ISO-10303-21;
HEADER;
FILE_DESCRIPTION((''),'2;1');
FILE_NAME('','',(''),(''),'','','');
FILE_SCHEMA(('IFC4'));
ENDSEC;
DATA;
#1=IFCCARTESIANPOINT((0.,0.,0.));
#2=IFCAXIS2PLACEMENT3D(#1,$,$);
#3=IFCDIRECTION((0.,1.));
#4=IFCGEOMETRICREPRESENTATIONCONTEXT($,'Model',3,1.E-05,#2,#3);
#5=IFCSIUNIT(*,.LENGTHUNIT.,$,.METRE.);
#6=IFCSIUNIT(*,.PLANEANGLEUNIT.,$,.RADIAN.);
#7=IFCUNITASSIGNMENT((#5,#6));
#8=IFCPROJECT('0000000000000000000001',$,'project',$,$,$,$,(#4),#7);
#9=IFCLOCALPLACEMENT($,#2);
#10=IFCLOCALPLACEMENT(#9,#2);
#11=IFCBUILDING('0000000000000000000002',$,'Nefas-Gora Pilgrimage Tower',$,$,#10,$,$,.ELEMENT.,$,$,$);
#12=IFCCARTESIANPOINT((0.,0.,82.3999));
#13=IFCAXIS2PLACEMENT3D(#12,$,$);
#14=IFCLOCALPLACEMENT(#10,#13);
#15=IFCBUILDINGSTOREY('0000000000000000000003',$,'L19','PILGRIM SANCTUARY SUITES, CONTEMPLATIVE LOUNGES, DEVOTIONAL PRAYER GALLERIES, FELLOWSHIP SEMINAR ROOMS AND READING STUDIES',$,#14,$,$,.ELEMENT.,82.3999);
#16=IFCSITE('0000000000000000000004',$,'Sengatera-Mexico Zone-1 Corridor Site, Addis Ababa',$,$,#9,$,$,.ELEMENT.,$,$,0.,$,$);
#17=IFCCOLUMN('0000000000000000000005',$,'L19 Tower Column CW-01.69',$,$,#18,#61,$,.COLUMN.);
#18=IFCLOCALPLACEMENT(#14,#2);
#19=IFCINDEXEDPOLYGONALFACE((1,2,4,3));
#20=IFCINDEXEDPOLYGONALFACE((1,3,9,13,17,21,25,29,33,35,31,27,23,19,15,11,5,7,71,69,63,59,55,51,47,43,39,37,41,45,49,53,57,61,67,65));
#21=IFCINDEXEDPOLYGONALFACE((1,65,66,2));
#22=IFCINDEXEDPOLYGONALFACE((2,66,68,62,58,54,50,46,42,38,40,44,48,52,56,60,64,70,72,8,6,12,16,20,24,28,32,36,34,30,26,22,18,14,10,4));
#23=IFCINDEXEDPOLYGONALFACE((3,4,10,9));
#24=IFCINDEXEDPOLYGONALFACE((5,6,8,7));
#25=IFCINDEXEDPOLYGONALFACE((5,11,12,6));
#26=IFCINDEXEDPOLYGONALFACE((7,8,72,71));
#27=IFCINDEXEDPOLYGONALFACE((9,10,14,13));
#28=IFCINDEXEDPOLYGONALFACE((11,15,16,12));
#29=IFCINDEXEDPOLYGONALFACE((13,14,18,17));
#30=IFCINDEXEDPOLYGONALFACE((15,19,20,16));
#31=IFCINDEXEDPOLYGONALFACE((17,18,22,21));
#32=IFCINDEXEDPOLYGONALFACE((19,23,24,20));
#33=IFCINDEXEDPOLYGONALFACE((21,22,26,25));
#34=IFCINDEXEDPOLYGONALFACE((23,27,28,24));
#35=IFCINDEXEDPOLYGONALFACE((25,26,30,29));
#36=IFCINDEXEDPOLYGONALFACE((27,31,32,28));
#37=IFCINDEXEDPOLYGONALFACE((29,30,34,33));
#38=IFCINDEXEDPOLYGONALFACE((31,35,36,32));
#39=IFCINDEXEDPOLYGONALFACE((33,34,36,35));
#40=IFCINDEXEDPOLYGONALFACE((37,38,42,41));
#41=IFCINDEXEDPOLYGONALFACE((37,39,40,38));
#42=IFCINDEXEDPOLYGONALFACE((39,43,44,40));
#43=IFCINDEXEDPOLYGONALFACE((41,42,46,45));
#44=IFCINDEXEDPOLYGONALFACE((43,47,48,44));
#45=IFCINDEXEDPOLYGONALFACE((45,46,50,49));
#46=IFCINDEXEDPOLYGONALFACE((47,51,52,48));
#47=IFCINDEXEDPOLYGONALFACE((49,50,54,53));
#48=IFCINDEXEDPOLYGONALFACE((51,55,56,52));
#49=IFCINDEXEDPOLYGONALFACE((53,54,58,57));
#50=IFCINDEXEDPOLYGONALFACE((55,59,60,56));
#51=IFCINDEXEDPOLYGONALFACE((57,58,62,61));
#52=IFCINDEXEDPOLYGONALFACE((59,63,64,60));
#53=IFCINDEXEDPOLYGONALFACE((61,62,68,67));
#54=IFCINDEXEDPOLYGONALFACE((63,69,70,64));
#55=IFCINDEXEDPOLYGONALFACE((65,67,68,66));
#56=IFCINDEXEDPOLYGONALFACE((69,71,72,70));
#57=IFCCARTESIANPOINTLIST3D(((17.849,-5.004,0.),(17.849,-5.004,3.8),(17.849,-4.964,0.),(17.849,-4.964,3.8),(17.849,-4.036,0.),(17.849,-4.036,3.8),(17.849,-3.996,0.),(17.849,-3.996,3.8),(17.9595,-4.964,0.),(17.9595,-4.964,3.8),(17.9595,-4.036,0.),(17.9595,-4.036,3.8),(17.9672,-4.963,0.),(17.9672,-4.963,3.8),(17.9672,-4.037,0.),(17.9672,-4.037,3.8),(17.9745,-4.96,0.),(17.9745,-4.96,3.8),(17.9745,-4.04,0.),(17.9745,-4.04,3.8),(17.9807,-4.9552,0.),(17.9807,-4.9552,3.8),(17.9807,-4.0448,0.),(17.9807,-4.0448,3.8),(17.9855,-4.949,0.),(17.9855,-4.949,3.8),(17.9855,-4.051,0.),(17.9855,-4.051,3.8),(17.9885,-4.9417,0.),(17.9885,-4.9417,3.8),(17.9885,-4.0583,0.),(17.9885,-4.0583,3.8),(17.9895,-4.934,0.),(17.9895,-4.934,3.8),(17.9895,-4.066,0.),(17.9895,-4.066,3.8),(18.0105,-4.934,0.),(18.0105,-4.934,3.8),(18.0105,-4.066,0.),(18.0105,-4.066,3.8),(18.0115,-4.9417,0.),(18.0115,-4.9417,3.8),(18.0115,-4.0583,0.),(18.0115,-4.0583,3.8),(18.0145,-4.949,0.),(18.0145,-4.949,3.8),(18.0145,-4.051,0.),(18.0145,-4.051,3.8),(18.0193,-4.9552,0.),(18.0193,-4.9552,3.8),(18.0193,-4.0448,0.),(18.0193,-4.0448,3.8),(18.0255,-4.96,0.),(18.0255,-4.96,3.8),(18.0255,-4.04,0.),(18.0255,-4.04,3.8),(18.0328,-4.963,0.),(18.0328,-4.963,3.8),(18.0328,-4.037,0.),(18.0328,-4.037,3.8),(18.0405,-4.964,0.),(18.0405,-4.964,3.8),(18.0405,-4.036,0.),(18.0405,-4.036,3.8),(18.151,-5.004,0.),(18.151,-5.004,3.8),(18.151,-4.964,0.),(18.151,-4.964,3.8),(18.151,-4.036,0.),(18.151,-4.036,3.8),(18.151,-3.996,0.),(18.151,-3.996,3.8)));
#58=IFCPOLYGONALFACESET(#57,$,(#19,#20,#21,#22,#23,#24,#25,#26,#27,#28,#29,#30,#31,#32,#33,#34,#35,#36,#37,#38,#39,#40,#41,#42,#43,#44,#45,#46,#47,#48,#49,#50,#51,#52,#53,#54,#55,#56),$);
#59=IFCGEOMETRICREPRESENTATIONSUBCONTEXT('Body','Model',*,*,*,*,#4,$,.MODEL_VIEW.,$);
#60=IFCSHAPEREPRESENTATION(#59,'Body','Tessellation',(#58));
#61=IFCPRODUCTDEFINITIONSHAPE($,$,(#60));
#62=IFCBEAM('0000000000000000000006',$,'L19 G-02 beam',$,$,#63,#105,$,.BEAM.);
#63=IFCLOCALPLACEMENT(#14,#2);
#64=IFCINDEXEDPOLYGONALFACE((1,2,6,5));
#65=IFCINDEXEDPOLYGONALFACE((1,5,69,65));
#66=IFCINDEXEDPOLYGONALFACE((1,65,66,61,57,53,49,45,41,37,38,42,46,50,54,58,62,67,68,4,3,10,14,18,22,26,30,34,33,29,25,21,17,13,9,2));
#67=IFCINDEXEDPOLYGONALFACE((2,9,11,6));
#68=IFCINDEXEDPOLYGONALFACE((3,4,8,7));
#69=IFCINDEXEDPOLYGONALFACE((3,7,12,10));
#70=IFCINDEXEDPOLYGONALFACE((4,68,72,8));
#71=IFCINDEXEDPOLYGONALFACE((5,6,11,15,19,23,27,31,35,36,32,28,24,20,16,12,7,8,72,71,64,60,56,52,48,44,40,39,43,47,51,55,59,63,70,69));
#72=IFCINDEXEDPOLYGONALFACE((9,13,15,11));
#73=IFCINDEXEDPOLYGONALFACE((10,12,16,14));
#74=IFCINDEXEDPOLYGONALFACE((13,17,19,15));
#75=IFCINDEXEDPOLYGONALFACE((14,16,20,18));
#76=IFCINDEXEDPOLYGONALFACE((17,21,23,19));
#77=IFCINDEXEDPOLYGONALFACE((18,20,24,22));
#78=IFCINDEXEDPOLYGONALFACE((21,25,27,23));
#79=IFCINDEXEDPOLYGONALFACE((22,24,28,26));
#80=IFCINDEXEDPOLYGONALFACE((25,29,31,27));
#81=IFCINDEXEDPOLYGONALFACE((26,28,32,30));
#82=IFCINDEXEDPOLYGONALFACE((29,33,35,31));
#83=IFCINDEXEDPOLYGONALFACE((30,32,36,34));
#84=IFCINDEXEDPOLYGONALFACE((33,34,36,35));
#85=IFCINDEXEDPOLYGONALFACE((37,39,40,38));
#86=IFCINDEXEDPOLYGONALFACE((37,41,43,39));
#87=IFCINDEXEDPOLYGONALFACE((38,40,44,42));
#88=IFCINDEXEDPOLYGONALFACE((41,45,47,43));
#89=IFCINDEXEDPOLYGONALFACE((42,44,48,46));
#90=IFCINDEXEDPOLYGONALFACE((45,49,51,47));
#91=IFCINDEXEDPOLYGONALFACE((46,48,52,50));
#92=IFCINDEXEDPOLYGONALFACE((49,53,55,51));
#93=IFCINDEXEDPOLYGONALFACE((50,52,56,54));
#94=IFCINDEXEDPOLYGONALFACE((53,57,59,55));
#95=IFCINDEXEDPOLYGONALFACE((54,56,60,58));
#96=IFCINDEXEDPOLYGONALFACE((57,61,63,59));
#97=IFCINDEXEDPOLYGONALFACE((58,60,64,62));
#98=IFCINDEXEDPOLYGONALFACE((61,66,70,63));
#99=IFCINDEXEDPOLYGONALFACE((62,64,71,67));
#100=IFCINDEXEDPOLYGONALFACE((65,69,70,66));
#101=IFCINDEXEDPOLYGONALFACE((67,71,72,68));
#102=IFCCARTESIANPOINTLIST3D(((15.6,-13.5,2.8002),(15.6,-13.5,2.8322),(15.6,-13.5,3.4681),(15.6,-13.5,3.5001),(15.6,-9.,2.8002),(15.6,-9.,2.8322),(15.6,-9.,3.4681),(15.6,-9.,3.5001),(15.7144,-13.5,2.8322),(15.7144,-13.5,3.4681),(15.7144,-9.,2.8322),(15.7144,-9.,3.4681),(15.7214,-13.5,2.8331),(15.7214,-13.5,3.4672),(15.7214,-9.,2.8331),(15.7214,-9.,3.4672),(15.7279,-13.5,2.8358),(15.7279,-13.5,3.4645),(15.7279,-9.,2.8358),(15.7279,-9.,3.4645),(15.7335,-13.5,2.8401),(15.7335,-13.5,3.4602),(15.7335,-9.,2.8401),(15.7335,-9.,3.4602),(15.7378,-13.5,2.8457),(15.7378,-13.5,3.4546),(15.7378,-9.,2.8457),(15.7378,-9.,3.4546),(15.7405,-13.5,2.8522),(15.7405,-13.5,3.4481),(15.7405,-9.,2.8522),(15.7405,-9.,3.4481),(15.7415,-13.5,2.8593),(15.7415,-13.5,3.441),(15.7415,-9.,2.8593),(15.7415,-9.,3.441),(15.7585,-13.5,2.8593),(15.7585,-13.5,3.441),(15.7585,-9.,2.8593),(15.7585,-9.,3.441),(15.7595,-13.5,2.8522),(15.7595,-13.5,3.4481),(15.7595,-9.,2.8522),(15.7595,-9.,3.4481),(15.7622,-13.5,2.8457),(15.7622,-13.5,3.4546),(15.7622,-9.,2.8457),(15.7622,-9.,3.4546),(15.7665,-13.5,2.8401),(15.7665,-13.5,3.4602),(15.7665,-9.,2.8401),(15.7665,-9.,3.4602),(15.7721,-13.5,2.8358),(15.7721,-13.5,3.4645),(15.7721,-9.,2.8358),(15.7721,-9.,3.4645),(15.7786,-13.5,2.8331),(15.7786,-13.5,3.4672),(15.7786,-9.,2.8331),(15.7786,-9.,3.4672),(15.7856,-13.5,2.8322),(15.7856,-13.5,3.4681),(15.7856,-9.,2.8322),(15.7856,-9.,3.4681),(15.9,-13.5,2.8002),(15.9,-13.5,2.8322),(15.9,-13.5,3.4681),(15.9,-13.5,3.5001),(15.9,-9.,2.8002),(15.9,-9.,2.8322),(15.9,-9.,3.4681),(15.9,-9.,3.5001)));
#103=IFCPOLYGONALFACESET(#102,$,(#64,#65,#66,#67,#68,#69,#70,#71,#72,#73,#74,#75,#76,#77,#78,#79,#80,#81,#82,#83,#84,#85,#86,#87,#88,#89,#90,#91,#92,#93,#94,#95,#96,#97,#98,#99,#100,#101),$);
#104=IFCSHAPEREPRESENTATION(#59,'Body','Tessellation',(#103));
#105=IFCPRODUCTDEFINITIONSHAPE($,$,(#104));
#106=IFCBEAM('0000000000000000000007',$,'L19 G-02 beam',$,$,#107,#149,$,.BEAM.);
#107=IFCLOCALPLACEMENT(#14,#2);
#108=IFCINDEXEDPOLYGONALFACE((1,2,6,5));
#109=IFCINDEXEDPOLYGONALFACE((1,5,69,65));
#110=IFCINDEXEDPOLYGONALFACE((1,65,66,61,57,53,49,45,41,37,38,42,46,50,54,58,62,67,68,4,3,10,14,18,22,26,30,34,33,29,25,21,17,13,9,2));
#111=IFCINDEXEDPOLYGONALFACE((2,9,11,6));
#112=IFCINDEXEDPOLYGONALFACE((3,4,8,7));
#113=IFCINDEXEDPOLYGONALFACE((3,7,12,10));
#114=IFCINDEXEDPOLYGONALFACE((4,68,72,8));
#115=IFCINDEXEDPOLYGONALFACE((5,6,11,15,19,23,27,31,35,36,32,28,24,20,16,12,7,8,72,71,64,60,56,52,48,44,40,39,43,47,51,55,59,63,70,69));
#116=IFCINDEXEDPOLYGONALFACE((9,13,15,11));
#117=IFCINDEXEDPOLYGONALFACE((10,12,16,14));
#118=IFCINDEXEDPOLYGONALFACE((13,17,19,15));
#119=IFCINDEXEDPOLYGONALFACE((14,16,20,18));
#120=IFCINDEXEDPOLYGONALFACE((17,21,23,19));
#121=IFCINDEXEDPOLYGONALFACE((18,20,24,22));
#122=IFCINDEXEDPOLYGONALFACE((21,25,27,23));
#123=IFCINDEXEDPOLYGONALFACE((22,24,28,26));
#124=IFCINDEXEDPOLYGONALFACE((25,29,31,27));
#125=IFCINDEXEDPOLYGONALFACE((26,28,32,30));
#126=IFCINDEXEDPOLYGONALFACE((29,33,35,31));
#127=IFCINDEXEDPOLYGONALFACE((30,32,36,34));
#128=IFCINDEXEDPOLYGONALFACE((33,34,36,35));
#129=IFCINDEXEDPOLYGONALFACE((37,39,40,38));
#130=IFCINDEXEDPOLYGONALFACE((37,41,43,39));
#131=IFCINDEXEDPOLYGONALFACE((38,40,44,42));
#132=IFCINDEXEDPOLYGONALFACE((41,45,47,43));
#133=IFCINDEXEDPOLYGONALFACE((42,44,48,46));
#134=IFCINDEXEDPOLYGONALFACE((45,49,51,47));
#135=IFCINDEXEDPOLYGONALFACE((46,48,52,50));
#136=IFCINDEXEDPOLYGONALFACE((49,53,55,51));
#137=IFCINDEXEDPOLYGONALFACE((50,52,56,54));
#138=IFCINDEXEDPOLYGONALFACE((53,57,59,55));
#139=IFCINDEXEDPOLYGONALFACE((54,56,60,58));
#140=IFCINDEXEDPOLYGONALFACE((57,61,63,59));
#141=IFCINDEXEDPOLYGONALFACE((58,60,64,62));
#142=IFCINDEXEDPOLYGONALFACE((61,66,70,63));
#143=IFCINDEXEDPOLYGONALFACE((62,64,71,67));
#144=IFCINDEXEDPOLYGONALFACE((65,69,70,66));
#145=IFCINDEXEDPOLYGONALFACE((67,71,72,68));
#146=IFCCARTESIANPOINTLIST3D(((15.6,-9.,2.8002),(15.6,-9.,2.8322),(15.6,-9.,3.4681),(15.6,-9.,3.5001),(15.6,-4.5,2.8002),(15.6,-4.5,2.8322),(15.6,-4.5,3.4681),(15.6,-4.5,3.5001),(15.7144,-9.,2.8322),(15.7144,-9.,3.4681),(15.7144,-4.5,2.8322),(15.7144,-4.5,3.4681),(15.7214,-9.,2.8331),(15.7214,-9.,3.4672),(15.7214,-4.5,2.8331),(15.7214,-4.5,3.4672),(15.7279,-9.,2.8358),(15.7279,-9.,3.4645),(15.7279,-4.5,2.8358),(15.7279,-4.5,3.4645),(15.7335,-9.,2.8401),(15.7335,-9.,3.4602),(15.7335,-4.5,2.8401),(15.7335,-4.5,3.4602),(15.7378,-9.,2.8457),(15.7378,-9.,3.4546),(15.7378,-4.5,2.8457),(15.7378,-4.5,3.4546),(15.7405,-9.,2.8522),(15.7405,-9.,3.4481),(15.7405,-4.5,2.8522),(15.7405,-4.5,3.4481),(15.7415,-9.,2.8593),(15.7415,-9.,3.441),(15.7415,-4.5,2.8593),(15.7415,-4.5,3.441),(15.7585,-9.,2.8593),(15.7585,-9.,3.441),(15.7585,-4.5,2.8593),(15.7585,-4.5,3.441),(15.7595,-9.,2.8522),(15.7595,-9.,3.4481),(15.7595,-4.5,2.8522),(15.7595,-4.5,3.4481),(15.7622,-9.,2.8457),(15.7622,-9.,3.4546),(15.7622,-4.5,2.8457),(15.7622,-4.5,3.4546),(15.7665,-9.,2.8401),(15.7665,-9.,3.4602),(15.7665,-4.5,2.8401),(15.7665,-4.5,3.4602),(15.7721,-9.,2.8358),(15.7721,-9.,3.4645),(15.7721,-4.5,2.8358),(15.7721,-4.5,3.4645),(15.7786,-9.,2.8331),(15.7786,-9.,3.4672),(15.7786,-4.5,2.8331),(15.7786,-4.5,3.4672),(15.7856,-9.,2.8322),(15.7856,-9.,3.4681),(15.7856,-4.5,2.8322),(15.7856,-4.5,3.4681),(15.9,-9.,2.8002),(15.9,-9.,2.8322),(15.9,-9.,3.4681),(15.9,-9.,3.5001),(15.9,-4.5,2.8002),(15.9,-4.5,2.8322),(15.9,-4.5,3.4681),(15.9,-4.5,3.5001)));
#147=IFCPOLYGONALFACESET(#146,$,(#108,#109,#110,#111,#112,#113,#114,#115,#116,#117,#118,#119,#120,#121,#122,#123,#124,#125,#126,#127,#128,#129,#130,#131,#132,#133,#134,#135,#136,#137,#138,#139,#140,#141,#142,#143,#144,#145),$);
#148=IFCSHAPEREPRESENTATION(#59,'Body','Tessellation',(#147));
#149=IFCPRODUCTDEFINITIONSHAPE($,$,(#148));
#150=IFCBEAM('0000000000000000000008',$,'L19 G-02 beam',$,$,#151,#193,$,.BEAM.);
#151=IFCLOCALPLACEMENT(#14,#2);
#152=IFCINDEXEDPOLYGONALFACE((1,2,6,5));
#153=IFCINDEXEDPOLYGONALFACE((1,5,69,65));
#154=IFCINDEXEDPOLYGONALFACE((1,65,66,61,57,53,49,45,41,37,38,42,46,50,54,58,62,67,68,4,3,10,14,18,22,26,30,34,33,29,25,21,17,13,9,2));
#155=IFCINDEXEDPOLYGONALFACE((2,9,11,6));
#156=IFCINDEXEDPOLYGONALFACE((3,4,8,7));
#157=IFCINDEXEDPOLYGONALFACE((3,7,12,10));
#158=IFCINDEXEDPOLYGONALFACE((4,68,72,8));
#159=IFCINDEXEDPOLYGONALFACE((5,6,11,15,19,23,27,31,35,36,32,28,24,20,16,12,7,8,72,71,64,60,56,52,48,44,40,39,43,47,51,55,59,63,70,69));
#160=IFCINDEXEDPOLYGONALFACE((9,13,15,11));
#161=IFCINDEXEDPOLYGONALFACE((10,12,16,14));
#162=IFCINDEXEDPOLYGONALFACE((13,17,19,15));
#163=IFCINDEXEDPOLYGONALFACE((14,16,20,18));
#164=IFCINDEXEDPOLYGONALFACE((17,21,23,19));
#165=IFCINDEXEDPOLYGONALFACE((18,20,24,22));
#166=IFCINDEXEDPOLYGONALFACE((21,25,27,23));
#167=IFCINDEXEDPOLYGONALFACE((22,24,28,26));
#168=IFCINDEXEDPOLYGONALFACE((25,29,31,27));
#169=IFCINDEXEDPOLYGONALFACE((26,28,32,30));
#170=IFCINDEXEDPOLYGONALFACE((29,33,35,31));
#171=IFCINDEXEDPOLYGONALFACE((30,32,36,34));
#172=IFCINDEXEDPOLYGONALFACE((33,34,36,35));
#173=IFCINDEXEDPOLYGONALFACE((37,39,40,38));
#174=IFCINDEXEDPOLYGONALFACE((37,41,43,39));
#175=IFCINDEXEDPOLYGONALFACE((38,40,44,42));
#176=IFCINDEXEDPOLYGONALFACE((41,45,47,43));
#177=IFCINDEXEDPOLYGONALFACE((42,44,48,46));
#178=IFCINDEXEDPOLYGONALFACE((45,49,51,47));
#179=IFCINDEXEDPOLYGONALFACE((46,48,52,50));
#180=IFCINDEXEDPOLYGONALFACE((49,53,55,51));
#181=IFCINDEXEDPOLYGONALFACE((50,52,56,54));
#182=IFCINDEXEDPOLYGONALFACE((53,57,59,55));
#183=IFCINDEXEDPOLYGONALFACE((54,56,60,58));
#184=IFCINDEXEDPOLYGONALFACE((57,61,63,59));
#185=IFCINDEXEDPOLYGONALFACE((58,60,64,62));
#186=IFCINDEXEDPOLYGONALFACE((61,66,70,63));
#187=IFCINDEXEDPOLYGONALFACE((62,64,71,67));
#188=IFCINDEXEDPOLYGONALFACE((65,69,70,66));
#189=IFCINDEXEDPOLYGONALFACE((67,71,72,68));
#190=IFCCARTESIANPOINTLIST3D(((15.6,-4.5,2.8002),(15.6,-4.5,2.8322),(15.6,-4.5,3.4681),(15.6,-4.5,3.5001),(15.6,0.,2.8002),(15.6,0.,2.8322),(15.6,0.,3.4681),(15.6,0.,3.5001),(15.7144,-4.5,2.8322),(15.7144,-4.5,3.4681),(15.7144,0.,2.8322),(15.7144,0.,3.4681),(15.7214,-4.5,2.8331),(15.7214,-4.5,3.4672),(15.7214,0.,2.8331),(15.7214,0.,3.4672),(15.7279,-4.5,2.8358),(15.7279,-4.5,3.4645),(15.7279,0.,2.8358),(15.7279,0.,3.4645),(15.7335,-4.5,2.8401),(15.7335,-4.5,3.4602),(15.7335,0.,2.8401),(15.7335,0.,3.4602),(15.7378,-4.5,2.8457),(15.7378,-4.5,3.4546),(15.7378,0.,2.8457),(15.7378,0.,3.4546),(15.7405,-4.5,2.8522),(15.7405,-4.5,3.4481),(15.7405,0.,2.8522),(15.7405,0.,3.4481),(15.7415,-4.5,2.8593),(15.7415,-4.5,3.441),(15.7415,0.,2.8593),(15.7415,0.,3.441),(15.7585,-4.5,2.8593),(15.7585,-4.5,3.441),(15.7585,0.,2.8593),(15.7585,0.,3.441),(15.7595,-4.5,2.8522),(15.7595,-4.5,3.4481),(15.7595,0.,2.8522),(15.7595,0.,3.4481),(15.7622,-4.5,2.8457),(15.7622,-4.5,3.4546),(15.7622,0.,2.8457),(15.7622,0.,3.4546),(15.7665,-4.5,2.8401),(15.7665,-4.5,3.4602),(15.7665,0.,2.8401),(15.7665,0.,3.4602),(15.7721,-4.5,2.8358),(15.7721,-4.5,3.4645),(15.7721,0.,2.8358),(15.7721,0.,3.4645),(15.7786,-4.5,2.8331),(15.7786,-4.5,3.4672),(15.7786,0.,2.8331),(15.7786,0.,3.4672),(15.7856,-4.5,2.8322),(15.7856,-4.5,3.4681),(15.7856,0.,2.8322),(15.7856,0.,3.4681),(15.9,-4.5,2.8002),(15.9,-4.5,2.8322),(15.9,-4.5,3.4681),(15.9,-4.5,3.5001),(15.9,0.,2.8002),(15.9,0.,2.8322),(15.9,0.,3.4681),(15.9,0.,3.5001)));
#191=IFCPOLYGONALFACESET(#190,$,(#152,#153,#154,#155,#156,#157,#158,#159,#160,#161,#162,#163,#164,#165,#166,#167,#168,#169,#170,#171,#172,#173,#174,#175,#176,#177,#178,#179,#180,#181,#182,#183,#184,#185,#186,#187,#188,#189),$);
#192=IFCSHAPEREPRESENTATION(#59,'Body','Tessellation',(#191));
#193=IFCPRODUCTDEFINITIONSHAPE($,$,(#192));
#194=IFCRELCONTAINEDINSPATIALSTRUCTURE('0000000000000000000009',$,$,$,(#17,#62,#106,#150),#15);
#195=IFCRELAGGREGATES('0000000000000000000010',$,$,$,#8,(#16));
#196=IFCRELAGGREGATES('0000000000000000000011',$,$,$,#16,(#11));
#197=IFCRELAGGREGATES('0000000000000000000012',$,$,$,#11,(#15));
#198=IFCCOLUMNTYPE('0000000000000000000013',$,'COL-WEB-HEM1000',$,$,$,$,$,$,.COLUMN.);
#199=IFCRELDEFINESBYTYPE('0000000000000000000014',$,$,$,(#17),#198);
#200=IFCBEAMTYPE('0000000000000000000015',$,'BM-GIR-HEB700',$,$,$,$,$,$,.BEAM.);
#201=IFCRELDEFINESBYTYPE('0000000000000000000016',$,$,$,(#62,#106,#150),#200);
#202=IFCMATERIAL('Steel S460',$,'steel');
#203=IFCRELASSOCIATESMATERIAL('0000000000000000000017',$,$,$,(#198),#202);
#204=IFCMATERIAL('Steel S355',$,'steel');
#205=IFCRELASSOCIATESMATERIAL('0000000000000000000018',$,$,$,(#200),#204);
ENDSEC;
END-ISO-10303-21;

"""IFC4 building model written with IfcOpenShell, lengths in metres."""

from ifc_helpers import new_model, si_unit, direction, frame, origin, origin_2d, place, context, subcontext, project, spatial, i_section, extrude, source, transform, mapped, material, material_profile, profile_set, type_object, element, save


model = new_model("IFC4")

# Units and contexts
model_context = context("Model", 3, precision=1e-05, world=origin(), true_north=direction((0.0, 1.0)))
body_context = subcontext(model_context, "Body", "Model", "MODEL_VIEW")
ifc_project = project(units=[si_unit("LENGTHUNIT", "METRE"), si_unit("PLANEANGLEUNIT", "RADIAN")], contexts=[model_context])

# Site, building, storey
site_placement = place(None, origin())
site = spatial("IfcSite", under=ifc_project, at=site_placement, Name="Sengatera-Mexico Zone-1 Corridor Site, Addis Ababa", CompositionType="ELEMENT", RefElevation=0.0)
building_placement = place(site_placement, origin())
building = spatial("IfcBuilding", under=site, at=building_placement, Name="Nefas-Gora Pilgrimage Tower", CompositionType="ELEMENT")
storey_placement = place(building_placement, frame((0.0, 0.0, 82.3999)))
storey = spatial("IfcBuildingStorey", under=building, at=storey_placement, Name="L19", Description="PILGRIM SANCTUARY SUITES, CONTEMPLATIVE LOUNGES, DEVOTIONAL PRAYER GALLERIES, FELLOWSHIP SEMINAR ROOMS AND READING STUDIES", CompositionType="ELEMENT", Elevation=82.3999)

# Column
ifc_material_1 = material(Name="Steel S460", Category="steel")
ifc_material_profile_1 = material_profile(ifc_material_1, i_section(OverallWidth=0.302, OverallDepth=1.0081, WebThickness=0.021, FlangeThickness=0.04, FilletRadius=0.03, at=origin_2d()), Name="HEM 1000")
ifc_profile_set_1 = profile_set([ifc_material_profile_1], Name="Steel S460")
column_type_1 = type_object("IfcColumnType", Name="COL-WEB-HEM1000", PredefinedType="COLUMN", material=ifc_profile_set_1)
shared_shape_1 = source(origin(), body_context, "Body", "SweptSolid", [
    extrude(i_section(OverallWidth=0.302, OverallDepth=1.0081, WebThickness=0.021, FlangeThickness=0.04, FilletRadius=0.03, at=origin_2d()), origin(), (0.0, 0.0, 1.0), 3.8),
])
for number, where, z_axis, x_axis, name in (
    (1, (18.0, -4.5, 0.0), (0.0, 0.0, 1.0), (1.0, 0.0, 0.0), "L19 Tower Column CW-01.69"),
):
    element("IfcColumn", number, at=place(storey_placement, frame(where, z_axis=z_axis, x_axis=x_axis)), inside=storey, type_object=column_type_1, Name=name, PredefinedType="COLUMN", context=body_context, shape_type="MappedRepresentation", body=[
        mapped(shared_shape_1, transform((0.0, 0.0, 0.0), x_axis=(1.0, 0.0, 0.0), y_axis=(0.0, 1.0, 0.0), z_axis=(0.0, 0.0, 1.0), scale=1.0)),
    ])

# Beams
ifc_material_2 = material(Name="Steel S355", Category="steel")
ifc_material_profile_2 = material_profile(ifc_material_2, i_section(OverallWidth=0.3, OverallDepth=0.7, WebThickness=0.0171, FlangeThickness=0.032, FilletRadius=0.0271, at=origin_2d()), Name="HEB 700")
ifc_profile_set_2 = profile_set([ifc_material_profile_2], Name="Steel S355")
beam_type_1 = type_object("IfcBeamType", Name="BM-GIR-HEB700", PredefinedType="BEAM", material=ifc_profile_set_2)
shared_shape_2 = source(origin(), body_context, "Body", "SweptSolid", [
    extrude(i_section(OverallWidth=0.3, OverallDepth=0.7, WebThickness=0.0171, FlangeThickness=0.032, FilletRadius=0.0271, at=origin_2d()), origin(), (0.0, 0.0, 1.0), 4.5),
])
for number, where, z_axis, x_axis, name in (
    (2, (15.75, -13.5, 3.1501), (0.0, 1.0, 0.0), (-1.0, 0.0, 0.0), "L19 G-02 beam"),
    (3, (15.75, -9.0, 3.1501), (0.0, 1.0, 0.0), (-1.0, 0.0, 0.0), "L19 G-02 beam"),
    (4, (15.75, -4.5, 3.1501), (0.0, 1.0, 0.0), (-1.0, 0.0, 0.0), "L19 G-02 beam"),
):
    element("IfcBeam", number, at=place(storey_placement, frame(where, z_axis=z_axis, x_axis=x_axis)), inside=storey, type_object=beam_type_1, Name=name, PredefinedType="BEAM", context=body_context, shape_type="MappedRepresentation", body=[
        mapped(shared_shape_2, transform((0.0, 0.0, 0.0), x_axis=(1.0, 0.0, 0.0), y_axis=(0.0, 1.0, 0.0), z_axis=(0.0, 0.0, 1.0), scale=1.0)),
    ])

save(model, "model.ifc")
